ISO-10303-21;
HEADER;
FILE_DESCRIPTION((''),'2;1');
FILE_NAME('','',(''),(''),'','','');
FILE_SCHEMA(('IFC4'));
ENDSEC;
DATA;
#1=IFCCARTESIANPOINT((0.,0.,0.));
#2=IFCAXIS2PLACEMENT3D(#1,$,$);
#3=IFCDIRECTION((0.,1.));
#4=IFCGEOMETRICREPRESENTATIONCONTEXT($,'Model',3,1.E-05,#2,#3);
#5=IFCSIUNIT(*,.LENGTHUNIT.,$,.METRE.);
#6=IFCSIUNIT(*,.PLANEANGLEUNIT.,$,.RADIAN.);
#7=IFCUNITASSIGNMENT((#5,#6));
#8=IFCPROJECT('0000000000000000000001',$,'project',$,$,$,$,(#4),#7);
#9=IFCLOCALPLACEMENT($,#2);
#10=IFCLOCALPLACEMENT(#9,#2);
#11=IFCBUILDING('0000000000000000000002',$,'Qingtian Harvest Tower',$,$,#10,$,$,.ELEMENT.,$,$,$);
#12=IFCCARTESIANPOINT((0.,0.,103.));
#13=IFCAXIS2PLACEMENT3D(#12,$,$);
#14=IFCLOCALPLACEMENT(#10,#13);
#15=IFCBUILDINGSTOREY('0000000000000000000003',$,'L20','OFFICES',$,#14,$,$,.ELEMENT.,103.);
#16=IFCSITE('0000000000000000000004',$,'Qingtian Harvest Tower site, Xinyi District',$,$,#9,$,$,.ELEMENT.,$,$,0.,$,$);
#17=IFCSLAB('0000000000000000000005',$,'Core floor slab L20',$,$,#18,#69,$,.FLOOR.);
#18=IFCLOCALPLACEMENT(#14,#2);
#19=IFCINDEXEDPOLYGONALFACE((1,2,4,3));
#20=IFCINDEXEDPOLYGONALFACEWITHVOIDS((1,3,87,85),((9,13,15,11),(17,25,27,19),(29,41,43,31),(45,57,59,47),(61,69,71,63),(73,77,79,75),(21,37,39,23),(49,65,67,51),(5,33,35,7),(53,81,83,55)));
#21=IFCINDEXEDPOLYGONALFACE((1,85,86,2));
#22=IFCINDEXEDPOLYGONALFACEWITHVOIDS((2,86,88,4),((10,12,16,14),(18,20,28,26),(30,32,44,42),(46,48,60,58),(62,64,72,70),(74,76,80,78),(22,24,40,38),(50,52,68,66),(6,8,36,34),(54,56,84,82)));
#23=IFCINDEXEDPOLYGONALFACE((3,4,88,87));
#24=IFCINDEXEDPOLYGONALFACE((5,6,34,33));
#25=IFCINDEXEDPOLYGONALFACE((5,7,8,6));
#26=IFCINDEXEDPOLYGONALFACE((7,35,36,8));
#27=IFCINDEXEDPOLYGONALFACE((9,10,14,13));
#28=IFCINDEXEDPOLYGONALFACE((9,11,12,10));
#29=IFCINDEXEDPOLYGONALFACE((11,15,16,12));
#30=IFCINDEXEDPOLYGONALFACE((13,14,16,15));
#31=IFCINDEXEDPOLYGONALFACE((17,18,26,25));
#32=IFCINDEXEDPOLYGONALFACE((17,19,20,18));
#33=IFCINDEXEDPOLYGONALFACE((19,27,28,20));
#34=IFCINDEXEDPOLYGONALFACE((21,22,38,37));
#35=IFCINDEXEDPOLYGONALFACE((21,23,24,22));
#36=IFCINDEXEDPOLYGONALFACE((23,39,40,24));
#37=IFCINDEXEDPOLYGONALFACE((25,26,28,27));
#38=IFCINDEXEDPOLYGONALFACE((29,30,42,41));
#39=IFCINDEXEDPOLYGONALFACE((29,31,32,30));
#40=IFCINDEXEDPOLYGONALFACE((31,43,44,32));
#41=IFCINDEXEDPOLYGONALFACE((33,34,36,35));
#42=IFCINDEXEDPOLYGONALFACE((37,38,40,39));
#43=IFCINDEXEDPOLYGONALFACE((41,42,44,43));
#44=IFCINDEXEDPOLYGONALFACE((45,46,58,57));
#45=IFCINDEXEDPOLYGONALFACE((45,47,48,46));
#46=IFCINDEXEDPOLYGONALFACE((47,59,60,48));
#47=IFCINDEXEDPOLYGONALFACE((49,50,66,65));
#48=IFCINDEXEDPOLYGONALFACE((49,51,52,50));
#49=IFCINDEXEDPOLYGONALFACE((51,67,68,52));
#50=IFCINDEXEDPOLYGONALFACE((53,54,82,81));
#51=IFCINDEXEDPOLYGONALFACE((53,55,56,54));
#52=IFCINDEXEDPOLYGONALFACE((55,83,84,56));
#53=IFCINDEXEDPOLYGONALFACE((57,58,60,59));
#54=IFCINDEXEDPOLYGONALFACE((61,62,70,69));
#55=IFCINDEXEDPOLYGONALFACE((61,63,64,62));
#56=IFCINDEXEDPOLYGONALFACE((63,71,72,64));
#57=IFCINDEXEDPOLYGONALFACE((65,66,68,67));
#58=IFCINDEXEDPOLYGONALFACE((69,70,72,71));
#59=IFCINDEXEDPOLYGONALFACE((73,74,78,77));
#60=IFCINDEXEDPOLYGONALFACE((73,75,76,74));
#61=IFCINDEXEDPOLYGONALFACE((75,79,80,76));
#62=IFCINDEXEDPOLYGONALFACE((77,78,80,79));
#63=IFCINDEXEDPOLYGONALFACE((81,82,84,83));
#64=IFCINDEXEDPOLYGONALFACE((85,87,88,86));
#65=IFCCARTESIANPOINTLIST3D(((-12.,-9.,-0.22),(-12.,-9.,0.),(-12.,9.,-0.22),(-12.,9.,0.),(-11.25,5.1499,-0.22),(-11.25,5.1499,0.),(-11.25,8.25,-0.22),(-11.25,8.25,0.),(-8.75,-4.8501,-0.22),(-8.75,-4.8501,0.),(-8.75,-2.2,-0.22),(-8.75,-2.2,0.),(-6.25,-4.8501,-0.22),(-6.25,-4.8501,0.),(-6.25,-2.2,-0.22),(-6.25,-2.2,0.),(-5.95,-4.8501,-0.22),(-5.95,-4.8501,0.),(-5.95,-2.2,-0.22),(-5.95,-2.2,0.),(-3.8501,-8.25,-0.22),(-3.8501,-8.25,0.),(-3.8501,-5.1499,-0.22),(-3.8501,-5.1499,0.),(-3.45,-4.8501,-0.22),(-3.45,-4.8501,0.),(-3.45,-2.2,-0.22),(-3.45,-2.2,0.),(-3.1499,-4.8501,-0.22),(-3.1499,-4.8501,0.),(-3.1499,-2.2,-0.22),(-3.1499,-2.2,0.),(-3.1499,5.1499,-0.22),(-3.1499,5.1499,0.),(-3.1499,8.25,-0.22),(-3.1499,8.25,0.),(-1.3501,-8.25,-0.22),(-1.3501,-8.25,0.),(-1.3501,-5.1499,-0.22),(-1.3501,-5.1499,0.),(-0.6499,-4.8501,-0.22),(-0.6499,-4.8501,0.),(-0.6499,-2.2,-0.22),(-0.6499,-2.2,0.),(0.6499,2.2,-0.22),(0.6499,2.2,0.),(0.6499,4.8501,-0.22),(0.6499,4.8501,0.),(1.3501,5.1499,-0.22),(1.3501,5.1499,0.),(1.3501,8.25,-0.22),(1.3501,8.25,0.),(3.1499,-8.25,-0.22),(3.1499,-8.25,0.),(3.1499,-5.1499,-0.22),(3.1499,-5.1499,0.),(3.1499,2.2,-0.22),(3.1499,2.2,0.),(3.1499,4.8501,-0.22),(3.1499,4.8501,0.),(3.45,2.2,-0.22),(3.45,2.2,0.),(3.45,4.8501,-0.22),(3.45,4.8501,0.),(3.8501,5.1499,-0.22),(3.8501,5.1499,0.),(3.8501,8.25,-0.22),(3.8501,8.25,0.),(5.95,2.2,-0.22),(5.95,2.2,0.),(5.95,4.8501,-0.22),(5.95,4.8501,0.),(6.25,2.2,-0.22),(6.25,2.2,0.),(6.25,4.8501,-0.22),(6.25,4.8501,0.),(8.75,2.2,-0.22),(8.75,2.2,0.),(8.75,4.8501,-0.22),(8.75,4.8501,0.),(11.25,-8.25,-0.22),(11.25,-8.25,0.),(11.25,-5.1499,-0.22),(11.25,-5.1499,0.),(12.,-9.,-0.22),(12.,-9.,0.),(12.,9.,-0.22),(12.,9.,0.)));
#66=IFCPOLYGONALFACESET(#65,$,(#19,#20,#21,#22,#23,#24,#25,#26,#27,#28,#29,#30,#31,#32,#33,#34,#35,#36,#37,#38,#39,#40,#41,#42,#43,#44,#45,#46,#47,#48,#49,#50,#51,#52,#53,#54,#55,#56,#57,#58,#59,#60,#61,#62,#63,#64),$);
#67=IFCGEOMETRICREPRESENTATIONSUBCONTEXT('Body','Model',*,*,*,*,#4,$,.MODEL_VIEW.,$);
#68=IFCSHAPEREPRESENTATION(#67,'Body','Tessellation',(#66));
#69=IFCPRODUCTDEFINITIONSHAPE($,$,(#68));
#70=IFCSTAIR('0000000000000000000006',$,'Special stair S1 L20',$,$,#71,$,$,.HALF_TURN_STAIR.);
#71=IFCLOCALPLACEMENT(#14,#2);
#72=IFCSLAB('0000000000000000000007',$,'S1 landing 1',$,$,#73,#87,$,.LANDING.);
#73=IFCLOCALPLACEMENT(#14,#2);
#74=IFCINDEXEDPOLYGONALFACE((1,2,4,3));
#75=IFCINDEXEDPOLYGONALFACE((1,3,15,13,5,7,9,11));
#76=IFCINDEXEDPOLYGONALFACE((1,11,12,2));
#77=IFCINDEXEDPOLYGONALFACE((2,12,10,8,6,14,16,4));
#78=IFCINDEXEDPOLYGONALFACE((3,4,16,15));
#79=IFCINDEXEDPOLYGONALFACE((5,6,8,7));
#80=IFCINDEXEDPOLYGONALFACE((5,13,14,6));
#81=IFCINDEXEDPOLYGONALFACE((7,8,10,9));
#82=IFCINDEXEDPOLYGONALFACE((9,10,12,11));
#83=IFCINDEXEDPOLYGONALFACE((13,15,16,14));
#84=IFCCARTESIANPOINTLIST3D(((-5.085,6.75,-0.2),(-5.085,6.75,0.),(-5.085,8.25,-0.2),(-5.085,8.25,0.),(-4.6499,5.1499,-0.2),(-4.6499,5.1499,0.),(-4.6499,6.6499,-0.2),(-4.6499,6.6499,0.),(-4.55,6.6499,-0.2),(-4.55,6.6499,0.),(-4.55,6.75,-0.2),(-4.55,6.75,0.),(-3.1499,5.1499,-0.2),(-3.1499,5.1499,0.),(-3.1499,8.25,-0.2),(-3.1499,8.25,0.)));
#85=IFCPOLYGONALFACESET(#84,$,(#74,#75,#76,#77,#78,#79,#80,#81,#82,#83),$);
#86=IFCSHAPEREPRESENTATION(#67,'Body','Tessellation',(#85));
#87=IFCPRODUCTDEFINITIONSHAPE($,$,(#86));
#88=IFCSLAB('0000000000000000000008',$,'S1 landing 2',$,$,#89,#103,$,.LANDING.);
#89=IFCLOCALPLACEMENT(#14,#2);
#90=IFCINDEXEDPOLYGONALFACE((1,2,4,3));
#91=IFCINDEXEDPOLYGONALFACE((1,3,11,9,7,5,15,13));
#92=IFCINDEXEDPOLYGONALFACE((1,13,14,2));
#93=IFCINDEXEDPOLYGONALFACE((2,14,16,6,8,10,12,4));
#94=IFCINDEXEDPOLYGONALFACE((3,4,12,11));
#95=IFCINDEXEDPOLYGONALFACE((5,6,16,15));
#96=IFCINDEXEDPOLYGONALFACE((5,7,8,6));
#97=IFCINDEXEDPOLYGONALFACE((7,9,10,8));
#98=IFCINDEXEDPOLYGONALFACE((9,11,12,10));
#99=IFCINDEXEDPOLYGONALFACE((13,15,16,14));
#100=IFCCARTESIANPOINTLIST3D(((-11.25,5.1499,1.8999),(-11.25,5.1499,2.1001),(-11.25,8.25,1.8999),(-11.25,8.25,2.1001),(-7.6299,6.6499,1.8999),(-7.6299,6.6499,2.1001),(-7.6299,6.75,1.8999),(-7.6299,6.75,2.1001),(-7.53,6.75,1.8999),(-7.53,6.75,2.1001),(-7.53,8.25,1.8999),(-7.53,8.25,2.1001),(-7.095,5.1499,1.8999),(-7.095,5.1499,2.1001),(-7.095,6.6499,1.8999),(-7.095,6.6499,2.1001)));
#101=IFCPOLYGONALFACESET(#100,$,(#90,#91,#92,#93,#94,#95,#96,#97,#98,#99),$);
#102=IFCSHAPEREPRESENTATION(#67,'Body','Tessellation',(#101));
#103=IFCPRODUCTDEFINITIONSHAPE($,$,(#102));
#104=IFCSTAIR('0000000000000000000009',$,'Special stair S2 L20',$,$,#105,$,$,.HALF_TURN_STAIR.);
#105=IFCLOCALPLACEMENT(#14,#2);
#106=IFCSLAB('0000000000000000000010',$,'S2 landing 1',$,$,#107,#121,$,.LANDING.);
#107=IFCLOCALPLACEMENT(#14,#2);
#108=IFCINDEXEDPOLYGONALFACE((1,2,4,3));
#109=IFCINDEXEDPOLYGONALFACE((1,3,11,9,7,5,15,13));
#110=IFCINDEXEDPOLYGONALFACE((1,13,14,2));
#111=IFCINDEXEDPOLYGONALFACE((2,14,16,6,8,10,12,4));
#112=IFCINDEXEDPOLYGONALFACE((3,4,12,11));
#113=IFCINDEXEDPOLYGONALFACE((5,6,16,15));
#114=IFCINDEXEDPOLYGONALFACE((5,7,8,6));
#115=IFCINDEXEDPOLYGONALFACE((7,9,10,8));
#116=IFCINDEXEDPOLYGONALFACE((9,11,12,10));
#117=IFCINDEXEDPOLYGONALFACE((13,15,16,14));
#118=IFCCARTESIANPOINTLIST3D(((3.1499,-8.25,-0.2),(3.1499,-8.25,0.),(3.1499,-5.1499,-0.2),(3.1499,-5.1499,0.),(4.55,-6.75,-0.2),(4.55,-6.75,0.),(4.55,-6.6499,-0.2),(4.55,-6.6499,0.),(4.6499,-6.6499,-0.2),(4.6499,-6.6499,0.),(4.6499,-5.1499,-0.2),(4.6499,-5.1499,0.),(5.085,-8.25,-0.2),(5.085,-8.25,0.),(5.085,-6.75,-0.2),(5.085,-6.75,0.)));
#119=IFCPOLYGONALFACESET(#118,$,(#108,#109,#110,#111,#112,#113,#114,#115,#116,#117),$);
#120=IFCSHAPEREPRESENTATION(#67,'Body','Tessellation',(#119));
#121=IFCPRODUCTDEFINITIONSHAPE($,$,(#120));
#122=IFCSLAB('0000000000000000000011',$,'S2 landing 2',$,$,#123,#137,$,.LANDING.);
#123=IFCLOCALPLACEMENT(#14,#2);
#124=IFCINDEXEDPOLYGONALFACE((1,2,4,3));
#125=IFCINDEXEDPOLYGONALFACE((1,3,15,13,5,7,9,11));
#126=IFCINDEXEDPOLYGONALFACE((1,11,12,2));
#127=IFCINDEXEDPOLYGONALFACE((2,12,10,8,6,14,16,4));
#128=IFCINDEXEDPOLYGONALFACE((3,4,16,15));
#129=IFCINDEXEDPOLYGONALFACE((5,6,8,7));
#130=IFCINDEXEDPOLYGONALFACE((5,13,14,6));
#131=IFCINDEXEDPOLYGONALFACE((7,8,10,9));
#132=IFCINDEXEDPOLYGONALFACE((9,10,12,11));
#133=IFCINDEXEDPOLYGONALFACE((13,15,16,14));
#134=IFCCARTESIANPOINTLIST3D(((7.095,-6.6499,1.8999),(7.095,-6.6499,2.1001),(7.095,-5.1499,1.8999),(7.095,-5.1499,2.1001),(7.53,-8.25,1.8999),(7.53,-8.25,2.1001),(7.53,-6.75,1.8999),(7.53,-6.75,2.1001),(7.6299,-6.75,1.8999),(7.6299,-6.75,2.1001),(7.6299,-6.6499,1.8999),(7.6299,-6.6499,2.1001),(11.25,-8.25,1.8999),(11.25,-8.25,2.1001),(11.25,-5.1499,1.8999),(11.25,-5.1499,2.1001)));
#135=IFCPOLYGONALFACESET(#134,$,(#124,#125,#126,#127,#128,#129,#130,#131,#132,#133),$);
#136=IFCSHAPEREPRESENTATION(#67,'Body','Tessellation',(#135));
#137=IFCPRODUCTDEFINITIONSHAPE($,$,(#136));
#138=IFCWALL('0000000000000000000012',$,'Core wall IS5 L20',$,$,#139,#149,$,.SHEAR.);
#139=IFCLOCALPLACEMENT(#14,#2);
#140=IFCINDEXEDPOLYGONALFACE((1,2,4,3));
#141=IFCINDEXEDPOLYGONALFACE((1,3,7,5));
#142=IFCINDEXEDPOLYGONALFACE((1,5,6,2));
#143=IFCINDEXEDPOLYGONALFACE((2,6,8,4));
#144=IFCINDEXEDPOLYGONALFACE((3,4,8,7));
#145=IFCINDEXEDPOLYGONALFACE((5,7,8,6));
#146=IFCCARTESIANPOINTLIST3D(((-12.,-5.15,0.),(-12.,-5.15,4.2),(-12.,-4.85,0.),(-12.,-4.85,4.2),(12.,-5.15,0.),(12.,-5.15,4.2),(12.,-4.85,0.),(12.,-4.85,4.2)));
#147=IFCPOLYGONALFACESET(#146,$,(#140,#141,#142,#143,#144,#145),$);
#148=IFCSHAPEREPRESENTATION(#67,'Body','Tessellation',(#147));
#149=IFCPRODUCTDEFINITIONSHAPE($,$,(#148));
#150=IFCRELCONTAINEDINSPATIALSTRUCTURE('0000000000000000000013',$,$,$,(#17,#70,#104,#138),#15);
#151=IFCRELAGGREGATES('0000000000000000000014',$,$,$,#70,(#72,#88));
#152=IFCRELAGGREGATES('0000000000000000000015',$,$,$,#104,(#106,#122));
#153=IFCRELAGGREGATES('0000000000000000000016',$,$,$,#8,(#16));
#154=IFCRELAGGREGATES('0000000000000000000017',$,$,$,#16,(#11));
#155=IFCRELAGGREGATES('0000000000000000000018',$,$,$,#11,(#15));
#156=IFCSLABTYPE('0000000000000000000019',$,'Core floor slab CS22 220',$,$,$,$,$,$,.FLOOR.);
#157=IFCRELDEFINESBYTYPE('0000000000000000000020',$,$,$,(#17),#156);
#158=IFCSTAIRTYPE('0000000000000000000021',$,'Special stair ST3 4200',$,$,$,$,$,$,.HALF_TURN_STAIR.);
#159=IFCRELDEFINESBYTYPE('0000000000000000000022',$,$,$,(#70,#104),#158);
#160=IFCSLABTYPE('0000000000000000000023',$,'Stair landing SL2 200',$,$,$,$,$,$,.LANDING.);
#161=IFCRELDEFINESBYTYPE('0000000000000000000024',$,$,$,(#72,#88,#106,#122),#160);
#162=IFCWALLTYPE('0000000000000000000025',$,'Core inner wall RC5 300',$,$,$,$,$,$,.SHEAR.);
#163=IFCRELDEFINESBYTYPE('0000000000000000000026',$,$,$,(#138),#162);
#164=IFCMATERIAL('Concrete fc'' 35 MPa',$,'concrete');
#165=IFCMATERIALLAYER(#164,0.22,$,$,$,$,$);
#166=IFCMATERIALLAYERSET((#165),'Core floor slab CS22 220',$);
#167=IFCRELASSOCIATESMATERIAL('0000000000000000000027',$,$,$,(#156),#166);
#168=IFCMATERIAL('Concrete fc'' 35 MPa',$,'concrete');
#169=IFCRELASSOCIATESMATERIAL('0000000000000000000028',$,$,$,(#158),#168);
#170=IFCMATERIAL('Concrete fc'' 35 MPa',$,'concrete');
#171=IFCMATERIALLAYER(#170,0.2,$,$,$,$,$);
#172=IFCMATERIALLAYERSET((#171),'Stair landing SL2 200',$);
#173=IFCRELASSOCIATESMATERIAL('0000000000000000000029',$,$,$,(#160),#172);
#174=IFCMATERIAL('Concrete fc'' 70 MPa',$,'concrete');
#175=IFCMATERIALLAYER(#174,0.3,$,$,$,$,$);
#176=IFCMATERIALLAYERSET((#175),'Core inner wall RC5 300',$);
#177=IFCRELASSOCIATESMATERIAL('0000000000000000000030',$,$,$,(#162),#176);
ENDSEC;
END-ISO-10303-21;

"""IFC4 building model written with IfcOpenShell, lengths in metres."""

from ifc_helpers import new_model, si_unit, direction, frame, frame_2d, origin, place, context, subcontext, project, spatial, polyline, rectangle, outline, extrude, material, layer, layer_set, type_object, element, aggregate, save


model = new_model("IFC4")

# Units and contexts
model_context = context("Model", 3, precision=1e-05, world=origin(), true_north=direction((0.0, 1.0)))
body_context = subcontext(model_context, "Body", "Model", "MODEL_VIEW")
ifc_project = project(units=[si_unit("LENGTHUNIT", "METRE"), si_unit("PLANEANGLEUNIT", "RADIAN")], contexts=[model_context])

# Site, building, storey
site_placement = place(None, origin())
site = spatial("IfcSite", under=ifc_project, at=site_placement, Name="Qingtian Harvest Tower site, Xinyi District", CompositionType="ELEMENT", RefElevation=0.0)
building_placement = place(site_placement, origin())
building = spatial("IfcBuilding", under=site, at=building_placement, Name="Qingtian Harvest Tower", CompositionType="ELEMENT")
storey_placement = place(building_placement, frame((0.0, 0.0, 103.0)))
storey = spatial("IfcBuildingStorey", under=building, at=storey_placement, Name="L20", Description="OFFICES", CompositionType="ELEMENT", Elevation=103.0)

# Slab
ifc_material_1 = material(Name="Concrete fc' 35 MPa", Category="concrete")
ifc_layer_1 = layer(ifc_material_1, 0.22)
ifc_layer_set_1 = layer_set([ifc_layer_1], Name="Core floor slab CS22 220")
slab_type_1 = type_object("IfcSlabType", Name="Core floor slab CS22 220", PredefinedType="FLOOR", material=ifc_layer_set_1)
slab_1_placement = place(storey_placement, frame((0.0, 0.0, -0.22)))
element("IfcSlab", 1, at=slab_1_placement, inside=storey, type_object=slab_type_1, Name="Core floor slab L20", PredefinedType="FLOOR", context=body_context, shape_type="SweptSolid", body=[
    extrude(outline(polyline([(-12.0, -9.0), (12.0, -9.0), (12.0, 9.0), (-12.0, 9.0), (-12.0, -9.0)]), holes=[polyline([(-11.25, 5.1499), (-3.1499, 5.1499), (-3.1499, 8.25), (-11.25, 8.25), (-11.25, 5.1499)]), polyline([(3.1499, -8.25), (11.25, -8.25), (11.25, -5.1499), (3.1499, -5.1499), (3.1499, -8.25)]), polyline([(1.3501, 5.1499), (3.8501, 5.1499), (3.8501, 8.25), (1.3501, 8.25), (1.3501, 5.1499)]), polyline([(-3.8501, -8.25), (-1.3501, -8.25), (-1.3501, -5.1499), (-3.8501, -5.1499), (-3.8501, -8.25)]), polyline([(0.6499, 2.2), (3.1499, 2.2), (3.1499, 4.8501), (0.6499, 4.8501), (0.6499, 2.2)]), polyline([(3.45, 2.2), (5.95, 2.2), (5.95, 4.8501), (3.45, 4.8501), (3.45, 2.2)]), polyline([(6.25, 2.2), (8.75, 2.2), (8.75, 4.8501), (6.25, 4.8501), (6.25, 2.2)]), polyline([(-8.75, -4.8501), (-6.25, -4.8501), (-6.25, -2.2), (-8.75, -2.2), (-8.75, -4.8501)]), polyline([(-5.95, -4.8501), (-3.45, -4.8501), (-3.45, -2.2), (-5.95, -2.2), (-5.95, -4.8501)]), polyline([(-3.1499, -4.8501), (-0.6499, -4.8501), (-0.6499, -2.2), (-3.1499, -2.2), (-3.1499, -4.8501)])]), origin(), (0.0, 0.0, 1.0), 0.22),
])

# Stairs, slabs
ifc_material_2 = material(Name="Concrete fc' 35 MPa", Category="concrete")
stair_type = type_object("IfcStairType", Name="Special stair ST3 4200", PredefinedType="HALF_TURN_STAIR", material=ifc_material_2)
stair_1_placement = place(storey_placement, origin())
stair_1 = element("IfcStair", 2, at=stair_1_placement, inside=storey, type_object=stair_type, Name="Special stair S1 L20", PredefinedType="HALF_TURN_STAIR")
ifc_material_3 = material(Name="Concrete fc' 35 MPa", Category="concrete")
ifc_layer_2 = layer(ifc_material_3, 0.2)
ifc_layer_set_2 = layer_set([ifc_layer_2], Name="Stair landing SL2 200")
slab_type_2 = type_object("IfcSlabType", Name="Stair landing SL2 200", PredefinedType="LANDING", material=ifc_layer_set_2)
slab_2_placement = place(storey_placement, frame((0.0, 0.0, -0.2)))
slab_2 = element("IfcSlab", 3, at=slab_2_placement, type_object=slab_type_2, Name="S1 landing 1", PredefinedType="LANDING", context=body_context, shape_type="SweptSolid", body=[
    extrude(outline(polyline([(-4.6499, 5.1499), (-4.6499, 6.6499), (-4.55, 6.6499), (-4.55, 6.75), (-5.085, 6.75), (-5.085, 8.25), (-3.1499, 8.25), (-3.1499, 5.1499), (-4.6499, 5.1499)])), origin(), (0.0, 0.0, 1.0), 0.2),
])
slab_3_placement = place(storey_placement, frame((0.0, 0.0, 1.8999)))
slab_3 = element("IfcSlab", 4, at=slab_3_placement, type_object=slab_type_2, Name="S1 landing 2", PredefinedType="LANDING", context=body_context, shape_type="SweptSolid", body=[
    extrude(outline(polyline([(-7.095, 5.1499), (-11.25, 5.1499), (-11.25, 8.25), (-7.53, 8.25), (-7.53, 6.75), (-7.6299, 6.75), (-7.6299, 6.6499), (-7.095, 6.6499), (-7.095, 5.1499)])), origin(), (0.0, 0.0, 1.0), 0.2002),
])
aggregate(stair_1, [slab_2, slab_3])
stair_2_placement = place(storey_placement, origin())
stair_2 = element("IfcStair", 5, at=stair_2_placement, inside=storey, type_object=stair_type, Name="Special stair S2 L20", PredefinedType="HALF_TURN_STAIR")
slab_4_placement = place(storey_placement, frame((0.0, 0.0, -0.2)))
slab_4 = element("IfcSlab", 6, at=slab_4_placement, type_object=slab_type_2, Name="S2 landing 1", PredefinedType="LANDING", context=body_context, shape_type="SweptSolid", body=[
    extrude(outline(polyline([(5.085, -8.25), (3.1499, -8.25), (3.1499, -5.1499), (4.6499, -5.1499), (4.6499, -6.6499), (4.55, -6.6499), (4.55, -6.75), (5.085, -6.75), (5.085, -8.25)])), origin(), (0.0, 0.0, 1.0), 0.2),
])
slab_5_placement = place(storey_placement, frame((0.0, 0.0, 1.8999)))
slab_5 = element("IfcSlab", 7, at=slab_5_placement, type_object=slab_type_2, Name="S2 landing 2", PredefinedType="LANDING", context=body_context, shape_type="SweptSolid", body=[
    extrude(outline(polyline([(7.53, -8.25), (7.53, -6.75), (7.6299, -6.75), (7.6299, -6.6499), (7.095, -6.6499), (7.095, -5.1499), (11.25, -5.1499), (11.25, -8.25), (7.53, -8.25)])), origin(), (0.0, 0.0, 1.0), 0.2002),
])
aggregate(stair_2, [slab_4, slab_5])

# Wall
ifc_material_4 = material(Name="Concrete fc' 70 MPa", Category="concrete")
ifc_layer_3 = layer(ifc_material_4, 0.3)
ifc_layer_set_3 = layer_set([ifc_layer_3], Name="Core inner wall RC5 300")
wall_type_1 = type_object("IfcWallType", Name="Core inner wall RC5 300", PredefinedType="SHEAR", material=ifc_layer_set_3)
wall_1_placement = place(storey_placement, frame((-12.0, -5.0, 0.0), z_axis=(0.0, 0.0, 1.0), x_axis=(1.0, 0.0, 0.0)))
element("IfcWall", 8, at=wall_1_placement, inside=storey, type_object=wall_type_1, Name="Core wall IS5 L20", PredefinedType="SHEAR", context=body_context, shape_type="SweptSolid", body=[
    extrude(rectangle(XDim=24.0, YDim=0.3, at=frame_2d((12.0, 0.0))), origin(), (0.0, 0.0, 1.0), 4.2),
])

save(model, "model.ifc")
